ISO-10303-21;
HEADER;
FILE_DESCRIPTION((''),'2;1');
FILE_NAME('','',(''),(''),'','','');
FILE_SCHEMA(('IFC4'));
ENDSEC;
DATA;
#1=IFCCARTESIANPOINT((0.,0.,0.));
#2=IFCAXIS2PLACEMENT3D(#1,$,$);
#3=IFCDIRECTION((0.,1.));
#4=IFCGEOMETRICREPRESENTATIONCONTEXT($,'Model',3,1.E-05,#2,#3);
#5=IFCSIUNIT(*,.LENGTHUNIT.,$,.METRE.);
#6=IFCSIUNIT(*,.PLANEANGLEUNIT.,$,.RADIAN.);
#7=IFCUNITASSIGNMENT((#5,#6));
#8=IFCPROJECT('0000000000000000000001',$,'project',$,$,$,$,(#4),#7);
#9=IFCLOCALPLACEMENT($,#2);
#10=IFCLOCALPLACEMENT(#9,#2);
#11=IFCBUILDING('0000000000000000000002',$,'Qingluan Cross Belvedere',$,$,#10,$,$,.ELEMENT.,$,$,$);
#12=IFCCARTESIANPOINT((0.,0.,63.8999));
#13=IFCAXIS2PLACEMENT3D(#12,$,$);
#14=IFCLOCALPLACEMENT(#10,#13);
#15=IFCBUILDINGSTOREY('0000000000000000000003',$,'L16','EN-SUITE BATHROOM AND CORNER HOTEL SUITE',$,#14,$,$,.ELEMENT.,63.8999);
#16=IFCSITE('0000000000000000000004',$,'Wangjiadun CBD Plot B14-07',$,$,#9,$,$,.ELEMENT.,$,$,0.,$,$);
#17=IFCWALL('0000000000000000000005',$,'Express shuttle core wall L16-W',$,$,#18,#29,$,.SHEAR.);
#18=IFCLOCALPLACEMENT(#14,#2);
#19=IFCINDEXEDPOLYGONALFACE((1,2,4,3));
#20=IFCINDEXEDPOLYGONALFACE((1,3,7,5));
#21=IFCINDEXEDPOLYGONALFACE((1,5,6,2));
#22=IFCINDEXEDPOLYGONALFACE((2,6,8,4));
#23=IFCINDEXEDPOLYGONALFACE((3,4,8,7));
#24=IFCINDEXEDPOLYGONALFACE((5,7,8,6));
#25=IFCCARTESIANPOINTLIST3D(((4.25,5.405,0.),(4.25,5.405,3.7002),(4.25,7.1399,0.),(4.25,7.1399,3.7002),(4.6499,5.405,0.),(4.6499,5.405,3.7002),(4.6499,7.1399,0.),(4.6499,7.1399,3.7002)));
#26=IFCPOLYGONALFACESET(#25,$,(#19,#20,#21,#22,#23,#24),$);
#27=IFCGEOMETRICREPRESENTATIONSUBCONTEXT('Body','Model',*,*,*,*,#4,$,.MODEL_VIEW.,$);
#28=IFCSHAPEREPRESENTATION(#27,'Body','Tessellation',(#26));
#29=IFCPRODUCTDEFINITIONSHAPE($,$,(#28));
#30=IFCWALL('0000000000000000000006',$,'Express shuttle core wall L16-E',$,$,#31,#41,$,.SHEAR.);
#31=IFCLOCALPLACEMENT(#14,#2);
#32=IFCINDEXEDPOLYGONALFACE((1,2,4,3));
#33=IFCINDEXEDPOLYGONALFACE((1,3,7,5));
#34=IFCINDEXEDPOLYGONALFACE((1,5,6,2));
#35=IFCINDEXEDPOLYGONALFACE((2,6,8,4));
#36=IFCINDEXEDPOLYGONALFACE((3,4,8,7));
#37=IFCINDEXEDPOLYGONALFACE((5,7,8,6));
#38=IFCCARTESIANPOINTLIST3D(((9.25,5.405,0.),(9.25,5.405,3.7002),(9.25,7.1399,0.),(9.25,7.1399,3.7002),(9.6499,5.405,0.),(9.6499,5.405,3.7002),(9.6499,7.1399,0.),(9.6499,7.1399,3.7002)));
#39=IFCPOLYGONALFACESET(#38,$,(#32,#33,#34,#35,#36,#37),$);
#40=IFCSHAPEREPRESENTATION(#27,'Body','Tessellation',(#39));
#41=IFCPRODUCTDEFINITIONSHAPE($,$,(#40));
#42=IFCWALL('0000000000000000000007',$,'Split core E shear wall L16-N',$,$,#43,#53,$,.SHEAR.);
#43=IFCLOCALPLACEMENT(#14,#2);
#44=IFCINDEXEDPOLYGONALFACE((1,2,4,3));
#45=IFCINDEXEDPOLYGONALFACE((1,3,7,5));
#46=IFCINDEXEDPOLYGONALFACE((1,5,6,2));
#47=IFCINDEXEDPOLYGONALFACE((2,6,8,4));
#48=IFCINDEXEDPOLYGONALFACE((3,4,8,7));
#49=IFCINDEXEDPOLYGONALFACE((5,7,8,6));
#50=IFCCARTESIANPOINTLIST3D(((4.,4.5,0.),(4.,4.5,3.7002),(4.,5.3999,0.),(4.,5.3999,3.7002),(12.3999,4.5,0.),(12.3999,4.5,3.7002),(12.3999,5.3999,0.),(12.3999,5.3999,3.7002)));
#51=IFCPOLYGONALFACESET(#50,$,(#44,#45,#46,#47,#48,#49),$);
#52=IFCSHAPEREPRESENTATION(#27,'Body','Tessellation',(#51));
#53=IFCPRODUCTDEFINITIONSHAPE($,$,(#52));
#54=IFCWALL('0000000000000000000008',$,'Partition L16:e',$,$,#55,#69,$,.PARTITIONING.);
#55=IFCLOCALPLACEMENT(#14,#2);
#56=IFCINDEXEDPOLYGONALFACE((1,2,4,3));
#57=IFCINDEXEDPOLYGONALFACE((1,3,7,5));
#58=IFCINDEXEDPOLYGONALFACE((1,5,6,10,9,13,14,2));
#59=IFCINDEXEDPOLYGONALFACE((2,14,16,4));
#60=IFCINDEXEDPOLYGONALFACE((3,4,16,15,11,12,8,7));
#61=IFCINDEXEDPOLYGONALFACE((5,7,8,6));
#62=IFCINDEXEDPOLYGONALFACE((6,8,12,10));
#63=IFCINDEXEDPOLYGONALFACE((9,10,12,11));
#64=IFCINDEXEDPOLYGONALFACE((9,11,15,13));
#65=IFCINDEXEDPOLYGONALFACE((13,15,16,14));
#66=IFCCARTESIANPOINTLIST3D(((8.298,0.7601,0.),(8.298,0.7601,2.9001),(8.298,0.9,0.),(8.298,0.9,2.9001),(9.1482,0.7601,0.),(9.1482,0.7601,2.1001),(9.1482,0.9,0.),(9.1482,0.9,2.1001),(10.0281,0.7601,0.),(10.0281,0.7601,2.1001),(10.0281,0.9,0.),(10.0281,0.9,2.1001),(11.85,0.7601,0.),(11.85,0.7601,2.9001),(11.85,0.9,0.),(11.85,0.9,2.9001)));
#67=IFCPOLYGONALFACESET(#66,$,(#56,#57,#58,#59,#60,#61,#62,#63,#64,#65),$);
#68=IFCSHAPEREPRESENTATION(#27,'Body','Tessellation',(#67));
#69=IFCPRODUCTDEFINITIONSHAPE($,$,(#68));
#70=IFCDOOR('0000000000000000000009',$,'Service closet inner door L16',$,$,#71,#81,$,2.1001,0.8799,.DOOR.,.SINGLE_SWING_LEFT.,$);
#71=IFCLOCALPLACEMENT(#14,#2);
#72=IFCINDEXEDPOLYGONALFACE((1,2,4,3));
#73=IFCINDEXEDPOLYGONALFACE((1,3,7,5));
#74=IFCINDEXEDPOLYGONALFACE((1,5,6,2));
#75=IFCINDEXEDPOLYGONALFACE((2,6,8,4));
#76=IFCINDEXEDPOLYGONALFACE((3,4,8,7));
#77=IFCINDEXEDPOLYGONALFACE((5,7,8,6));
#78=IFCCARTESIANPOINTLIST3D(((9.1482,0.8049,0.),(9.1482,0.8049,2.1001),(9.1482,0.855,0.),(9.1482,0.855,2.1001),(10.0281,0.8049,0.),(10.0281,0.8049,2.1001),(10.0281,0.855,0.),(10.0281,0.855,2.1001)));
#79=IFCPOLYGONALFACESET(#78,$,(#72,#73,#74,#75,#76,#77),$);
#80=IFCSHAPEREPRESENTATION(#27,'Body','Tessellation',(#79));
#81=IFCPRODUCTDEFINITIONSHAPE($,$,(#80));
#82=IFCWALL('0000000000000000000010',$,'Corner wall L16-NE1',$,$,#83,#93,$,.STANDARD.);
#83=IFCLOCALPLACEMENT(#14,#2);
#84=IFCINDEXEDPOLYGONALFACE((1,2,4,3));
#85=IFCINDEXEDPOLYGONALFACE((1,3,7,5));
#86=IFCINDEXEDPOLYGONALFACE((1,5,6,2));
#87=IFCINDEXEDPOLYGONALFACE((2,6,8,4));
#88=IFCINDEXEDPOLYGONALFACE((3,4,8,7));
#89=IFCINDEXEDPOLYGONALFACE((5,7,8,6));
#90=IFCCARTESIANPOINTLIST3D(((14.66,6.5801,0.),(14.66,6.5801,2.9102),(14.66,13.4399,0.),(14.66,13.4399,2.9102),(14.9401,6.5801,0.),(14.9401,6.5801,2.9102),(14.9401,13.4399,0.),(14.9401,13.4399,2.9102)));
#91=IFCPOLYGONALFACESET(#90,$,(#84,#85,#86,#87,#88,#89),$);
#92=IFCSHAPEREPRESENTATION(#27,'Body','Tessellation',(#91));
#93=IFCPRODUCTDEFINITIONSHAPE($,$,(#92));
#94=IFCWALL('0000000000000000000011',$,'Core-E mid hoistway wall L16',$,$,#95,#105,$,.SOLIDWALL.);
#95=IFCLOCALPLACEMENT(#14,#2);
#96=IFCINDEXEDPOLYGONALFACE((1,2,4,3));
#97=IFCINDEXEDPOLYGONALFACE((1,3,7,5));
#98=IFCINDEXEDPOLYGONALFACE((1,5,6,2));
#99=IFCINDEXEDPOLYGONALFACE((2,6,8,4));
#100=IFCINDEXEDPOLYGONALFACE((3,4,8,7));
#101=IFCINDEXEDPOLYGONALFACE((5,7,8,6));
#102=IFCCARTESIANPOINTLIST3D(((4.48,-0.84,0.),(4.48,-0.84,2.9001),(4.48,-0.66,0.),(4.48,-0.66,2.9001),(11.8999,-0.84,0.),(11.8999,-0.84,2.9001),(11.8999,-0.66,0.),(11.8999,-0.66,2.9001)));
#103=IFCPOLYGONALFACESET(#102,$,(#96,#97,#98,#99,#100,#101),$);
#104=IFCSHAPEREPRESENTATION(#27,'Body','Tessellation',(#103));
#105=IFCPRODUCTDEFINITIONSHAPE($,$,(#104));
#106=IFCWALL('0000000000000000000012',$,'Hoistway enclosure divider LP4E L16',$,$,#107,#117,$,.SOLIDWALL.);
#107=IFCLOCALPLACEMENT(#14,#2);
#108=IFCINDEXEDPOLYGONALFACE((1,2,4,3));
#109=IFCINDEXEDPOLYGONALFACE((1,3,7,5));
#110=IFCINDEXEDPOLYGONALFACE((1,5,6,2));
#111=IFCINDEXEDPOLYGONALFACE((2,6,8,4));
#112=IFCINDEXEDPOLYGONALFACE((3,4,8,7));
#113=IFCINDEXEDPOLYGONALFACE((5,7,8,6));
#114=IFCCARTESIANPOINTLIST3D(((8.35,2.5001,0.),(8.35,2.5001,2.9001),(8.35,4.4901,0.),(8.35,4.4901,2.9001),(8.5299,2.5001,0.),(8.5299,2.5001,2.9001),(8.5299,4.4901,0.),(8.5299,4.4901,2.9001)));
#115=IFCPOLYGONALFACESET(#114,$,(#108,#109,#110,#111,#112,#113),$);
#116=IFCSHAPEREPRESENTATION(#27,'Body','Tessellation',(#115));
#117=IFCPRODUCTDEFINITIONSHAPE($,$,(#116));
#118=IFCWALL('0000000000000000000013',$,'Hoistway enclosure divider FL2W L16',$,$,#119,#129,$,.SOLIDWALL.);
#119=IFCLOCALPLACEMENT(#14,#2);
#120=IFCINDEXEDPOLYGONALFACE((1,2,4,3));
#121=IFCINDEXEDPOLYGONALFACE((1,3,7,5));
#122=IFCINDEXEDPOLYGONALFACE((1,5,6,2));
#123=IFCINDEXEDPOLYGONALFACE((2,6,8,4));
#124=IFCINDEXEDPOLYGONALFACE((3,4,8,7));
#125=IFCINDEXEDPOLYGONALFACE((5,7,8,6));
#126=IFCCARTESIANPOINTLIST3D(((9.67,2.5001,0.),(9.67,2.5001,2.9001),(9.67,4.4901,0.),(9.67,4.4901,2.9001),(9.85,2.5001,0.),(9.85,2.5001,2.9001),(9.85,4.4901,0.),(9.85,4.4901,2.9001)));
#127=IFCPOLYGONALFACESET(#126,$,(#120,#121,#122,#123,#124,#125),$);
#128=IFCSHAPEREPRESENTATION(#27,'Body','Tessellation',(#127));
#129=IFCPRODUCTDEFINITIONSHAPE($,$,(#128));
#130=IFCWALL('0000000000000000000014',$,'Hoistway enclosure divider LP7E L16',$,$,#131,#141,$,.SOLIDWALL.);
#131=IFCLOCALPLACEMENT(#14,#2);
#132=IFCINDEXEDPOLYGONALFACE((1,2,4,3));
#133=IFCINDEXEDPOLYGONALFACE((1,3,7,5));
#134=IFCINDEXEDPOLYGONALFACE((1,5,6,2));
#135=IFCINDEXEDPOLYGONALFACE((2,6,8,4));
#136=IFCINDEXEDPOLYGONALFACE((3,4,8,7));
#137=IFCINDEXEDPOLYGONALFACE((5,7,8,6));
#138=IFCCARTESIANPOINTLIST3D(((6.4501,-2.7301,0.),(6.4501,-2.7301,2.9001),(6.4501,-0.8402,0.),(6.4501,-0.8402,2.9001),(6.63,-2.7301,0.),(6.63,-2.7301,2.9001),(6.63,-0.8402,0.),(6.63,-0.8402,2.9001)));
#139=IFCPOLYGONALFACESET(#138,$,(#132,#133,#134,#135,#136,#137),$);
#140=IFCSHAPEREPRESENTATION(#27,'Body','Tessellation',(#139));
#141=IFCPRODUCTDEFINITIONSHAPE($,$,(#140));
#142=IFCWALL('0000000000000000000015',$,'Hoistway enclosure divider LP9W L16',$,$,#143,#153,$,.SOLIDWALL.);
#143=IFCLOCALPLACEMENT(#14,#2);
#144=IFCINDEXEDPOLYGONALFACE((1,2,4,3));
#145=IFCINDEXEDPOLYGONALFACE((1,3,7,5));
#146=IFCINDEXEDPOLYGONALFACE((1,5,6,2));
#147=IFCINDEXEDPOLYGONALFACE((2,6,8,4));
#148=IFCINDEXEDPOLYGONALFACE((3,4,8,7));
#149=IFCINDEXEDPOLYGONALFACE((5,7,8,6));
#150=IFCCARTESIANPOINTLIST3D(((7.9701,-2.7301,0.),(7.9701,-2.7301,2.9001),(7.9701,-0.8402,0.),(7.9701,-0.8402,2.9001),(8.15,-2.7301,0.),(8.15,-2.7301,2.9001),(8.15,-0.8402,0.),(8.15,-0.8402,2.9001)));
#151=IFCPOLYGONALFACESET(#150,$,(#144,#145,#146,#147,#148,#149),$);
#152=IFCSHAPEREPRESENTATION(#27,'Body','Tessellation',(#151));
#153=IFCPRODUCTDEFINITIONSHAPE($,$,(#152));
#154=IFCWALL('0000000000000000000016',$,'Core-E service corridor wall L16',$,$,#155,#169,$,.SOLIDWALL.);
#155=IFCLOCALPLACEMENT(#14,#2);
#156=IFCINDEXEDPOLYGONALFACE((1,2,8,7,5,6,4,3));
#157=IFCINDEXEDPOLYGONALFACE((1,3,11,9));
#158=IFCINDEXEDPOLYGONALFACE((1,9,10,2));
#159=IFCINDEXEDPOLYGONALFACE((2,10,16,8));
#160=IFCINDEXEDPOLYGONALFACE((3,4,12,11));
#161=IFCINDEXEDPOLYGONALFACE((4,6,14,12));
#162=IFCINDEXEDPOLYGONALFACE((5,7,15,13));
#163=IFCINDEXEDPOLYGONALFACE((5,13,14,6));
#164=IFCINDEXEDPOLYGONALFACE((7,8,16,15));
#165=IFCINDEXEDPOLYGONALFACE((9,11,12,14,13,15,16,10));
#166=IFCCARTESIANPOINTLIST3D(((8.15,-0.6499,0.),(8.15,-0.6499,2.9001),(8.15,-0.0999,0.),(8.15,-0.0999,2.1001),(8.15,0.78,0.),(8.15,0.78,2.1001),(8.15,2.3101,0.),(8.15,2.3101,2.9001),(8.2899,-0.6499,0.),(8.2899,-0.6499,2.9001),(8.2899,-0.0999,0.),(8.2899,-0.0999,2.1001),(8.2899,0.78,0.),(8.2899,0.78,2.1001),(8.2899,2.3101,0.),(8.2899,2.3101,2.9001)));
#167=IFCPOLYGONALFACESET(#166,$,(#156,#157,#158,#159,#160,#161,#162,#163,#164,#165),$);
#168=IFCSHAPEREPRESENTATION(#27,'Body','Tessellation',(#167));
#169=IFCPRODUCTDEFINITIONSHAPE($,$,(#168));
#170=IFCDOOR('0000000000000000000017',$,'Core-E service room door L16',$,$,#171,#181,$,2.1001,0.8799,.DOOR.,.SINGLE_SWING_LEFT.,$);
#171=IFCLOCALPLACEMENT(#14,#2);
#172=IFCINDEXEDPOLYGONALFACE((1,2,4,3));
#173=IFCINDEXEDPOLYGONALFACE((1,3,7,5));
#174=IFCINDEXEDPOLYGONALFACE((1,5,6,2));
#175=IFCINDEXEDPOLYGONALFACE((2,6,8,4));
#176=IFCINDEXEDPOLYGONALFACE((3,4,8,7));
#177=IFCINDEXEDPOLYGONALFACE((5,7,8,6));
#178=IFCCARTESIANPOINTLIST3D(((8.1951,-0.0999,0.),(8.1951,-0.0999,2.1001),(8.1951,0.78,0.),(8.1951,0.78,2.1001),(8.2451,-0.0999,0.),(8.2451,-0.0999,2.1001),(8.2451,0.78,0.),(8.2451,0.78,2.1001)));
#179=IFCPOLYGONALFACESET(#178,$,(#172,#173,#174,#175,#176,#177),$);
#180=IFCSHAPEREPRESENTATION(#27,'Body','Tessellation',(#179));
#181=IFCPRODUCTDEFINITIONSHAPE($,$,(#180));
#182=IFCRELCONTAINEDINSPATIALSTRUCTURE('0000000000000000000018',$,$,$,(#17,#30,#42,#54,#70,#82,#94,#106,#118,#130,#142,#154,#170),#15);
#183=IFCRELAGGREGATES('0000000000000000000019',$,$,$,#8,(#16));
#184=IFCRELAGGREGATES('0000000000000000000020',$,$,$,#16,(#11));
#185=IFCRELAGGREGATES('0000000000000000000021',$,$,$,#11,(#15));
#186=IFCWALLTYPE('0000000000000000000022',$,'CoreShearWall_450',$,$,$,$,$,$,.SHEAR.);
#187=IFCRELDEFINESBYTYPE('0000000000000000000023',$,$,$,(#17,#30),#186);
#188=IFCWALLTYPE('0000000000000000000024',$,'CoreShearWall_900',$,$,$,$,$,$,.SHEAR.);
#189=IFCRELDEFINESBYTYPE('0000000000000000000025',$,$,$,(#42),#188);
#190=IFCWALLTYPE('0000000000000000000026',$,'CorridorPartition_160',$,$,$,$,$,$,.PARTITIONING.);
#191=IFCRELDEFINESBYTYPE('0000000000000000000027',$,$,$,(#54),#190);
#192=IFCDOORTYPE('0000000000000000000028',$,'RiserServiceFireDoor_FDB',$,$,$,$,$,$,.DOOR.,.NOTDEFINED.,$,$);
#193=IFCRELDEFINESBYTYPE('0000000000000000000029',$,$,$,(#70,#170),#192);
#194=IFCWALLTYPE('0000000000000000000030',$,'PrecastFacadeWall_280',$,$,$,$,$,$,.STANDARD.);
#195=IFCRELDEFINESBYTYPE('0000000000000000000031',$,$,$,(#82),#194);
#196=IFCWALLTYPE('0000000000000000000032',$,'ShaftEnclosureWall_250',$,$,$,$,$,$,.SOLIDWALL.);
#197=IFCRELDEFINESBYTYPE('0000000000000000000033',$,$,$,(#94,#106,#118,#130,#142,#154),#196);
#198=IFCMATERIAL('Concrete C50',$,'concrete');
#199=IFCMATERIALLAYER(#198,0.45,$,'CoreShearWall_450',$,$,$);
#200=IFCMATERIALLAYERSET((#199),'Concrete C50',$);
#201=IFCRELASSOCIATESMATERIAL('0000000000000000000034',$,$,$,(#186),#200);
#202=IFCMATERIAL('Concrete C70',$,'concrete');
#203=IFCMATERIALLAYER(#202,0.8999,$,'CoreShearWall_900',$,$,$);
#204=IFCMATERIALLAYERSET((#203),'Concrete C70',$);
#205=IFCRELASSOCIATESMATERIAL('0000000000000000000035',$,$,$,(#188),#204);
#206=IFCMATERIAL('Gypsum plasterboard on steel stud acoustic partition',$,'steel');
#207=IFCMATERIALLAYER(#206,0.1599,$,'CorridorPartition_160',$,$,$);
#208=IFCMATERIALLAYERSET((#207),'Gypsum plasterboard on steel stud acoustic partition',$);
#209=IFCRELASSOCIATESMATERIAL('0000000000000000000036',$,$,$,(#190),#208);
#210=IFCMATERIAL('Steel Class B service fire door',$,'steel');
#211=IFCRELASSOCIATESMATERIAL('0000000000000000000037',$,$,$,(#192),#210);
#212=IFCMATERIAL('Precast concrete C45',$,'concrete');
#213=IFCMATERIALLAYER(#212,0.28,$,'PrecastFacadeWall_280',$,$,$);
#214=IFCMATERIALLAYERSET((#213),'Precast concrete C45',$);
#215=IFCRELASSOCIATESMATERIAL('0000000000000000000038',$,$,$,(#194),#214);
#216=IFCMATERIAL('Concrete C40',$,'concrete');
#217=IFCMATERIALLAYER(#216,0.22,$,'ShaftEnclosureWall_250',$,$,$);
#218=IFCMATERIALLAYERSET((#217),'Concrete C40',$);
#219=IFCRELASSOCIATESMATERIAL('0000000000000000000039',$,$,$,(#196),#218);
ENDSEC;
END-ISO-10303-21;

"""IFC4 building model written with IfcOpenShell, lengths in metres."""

from ifc_helpers import new_model, si_unit, direction, frame, frame_2d, origin, place, context, subcontext, project, spatial, rectangle, extrude, material, layer, layer_set, type_object, element, fill, save


model = new_model("IFC4")

# Units and contexts
model_context = context("Model", 3, precision=1e-05, world=origin(), true_north=direction((0.0, 1.0)))
body_context = subcontext(model_context, "Body", "Model", "MODEL_VIEW")
ifc_project = project(units=[si_unit("LENGTHUNIT", "METRE"), si_unit("PLANEANGLEUNIT", "RADIAN")], contexts=[model_context])

# Site, building, storey
site_placement = place(None, origin())
site = spatial("IfcSite", under=ifc_project, at=site_placement, Name="Wangjiadun CBD Plot B14-07", CompositionType="ELEMENT", RefElevation=0.0)
building_placement = place(site_placement, origin())
building = spatial("IfcBuilding", under=site, at=building_placement, Name="Qingluan Cross Belvedere", CompositionType="ELEMENT")
storey_placement = place(building_placement, frame((0.0, 0.0, 63.8999)))
storey = spatial("IfcBuildingStorey", under=building, at=storey_placement, Name="L16", Description="EN-SUITE BATHROOM AND CORNER HOTEL SUITE", CompositionType="ELEMENT", Elevation=63.8999)

# Walls
ifc_material_1 = material(Name="Concrete C50", Category="concrete")
ifc_layer_1 = layer(ifc_material_1, 0.45, Name="CoreShearWall_450")
ifc_layer_set_1 = layer_set([ifc_layer_1], Name="Concrete C50")
wall_type_1 = type_object("IfcWallType", Name="CoreShearWall_450", PredefinedType="SHEAR", material=ifc_layer_set_1)
for number, where, z_axis, x_axis, name in (
    (1, (4.45, 5.405, 0.0), (0.0, 0.0, 1.0), (0.0, 1.0, 0.0), "Express shuttle core wall L16-W"),
    (2, (9.45, 5.405, 0.0), (0.0, 0.0, 1.0), (0.0, 1.0, 0.0), "Express shuttle core wall L16-E"),
):
    element("IfcWall", number, at=place(storey_placement, frame(where, z_axis=z_axis, x_axis=x_axis)), inside=storey, type_object=wall_type_1, Name=name, PredefinedType="SHEAR", context=body_context, shape_type="SweptSolid", body=[
        extrude(rectangle(XDim=1.7349, YDim=0.3999, at=frame_2d((0.8674, 0.0))), origin(), (0.0, 0.0, 1.0), 3.7002),
    ])
ifc_material_2 = material(Name="Concrete C70", Category="concrete")
ifc_layer_2 = layer(ifc_material_2, 0.8999, Name="CoreShearWall_900")
ifc_layer_set_2 = layer_set([ifc_layer_2], Name="Concrete C70")
wall_type_2 = type_object("IfcWallType", Name="CoreShearWall_900", PredefinedType="SHEAR", material=ifc_layer_set_2)
wall_1_placement = place(storey_placement, frame((4.0, 4.95, 0.0), z_axis=(0.0, 0.0, 1.0), x_axis=(1.0, 0.0, 0.0)))
element("IfcWall", 3, at=wall_1_placement, inside=storey, type_object=wall_type_2, Name="Split core E shear wall L16-N", PredefinedType="SHEAR", context=body_context, shape_type="SweptSolid", body=[
    extrude(rectangle(XDim=8.3999, YDim=0.8999, at=frame_2d((4.2, 0.0))), origin(), (0.0, 0.0, 1.0), 3.7002),
])

# Wall, opening, door
ifc_material_3 = material(Name="Gypsum plasterboard on steel stud acoustic partition", Category="steel")
ifc_layer_3 = layer(ifc_material_3, 0.1599, Name="CorridorPartition_160")
ifc_layer_set_3 = layer_set([ifc_layer_3], Name="Gypsum plasterboard on steel stud acoustic partition")
wall_type_3 = type_object("IfcWallType", Name="CorridorPartition_160", PredefinedType="PARTITIONING", material=ifc_layer_set_3)
wall_2_placement = place(storey_placement, frame((8.2981, 0.8301, 0.0), z_axis=(0.0, 0.0, 1.0), x_axis=(1.0, 0.0, 0.0)))
wall_2 = element("IfcWall", 4, at=wall_2_placement, inside=storey, type_object=wall_type_3, Name="Partition L16:e", PredefinedType="PARTITIONING", context=body_context, shape_type="SweptSolid", body=[
    extrude(rectangle(XDim=3.552, YDim=0.1399, at=frame_2d((1.7759, 0.0))), origin(), (0.0, 0.0, 1.0), 2.9001),
])
opening_1_placement = place(wall_2_placement, frame((0.8501, 0.0, 0.0)))
opening_1 = element("IfcOpeningElement", 5, at=opening_1_placement, cuts=wall_2, PredefinedType="OPENING", context=body_context, shape_type="SweptSolid", body=[
    extrude(rectangle(XDim=0.8799, YDim=2.1001, at=frame_2d((0.4399, 1.05))), frame((0.0, 0.0798, 0.0), z_axis=(0.0, -1.0, 0.0), x_axis=(1.0, 0.0, 0.0)), (0.0, 0.0, 1.0), 0.1599),
])
ifc_material_4 = material(Name="Steel Class B service fire door", Category="steel")
door_type_1 = type_object("IfcDoorType", Name="RiserServiceFireDoor_FDB", OperationType="NOTDEFINED", PredefinedType="DOOR", material=ifc_material_4)
door_1_placement = place(opening_1_placement, origin())
door_1 = element("IfcDoor", 6, at=door_1_placement, inside=storey, type_object=door_type_1, Name="Service closet inner door L16", OperationType="SINGLE_SWING_LEFT", OverallHeight=2.1001, OverallWidth=0.8799, PredefinedType="DOOR", context=body_context, shape_type="SweptSolid", body=[
    extrude(rectangle(XDim=0.8799, YDim=2.1001, at=frame_2d((0.4399, 1.05))), frame((0.0, 0.0249, 0.0), z_axis=(0.0, -1.0, 0.0), x_axis=(1.0, 0.0, 0.0)), (0.0, 0.0, 1.0), 0.05),
])
fill(opening_1, door_1)

# Wall
ifc_material_5 = material(Name="Precast concrete C45", Category="concrete")
ifc_layer_4 = layer(ifc_material_5, 0.28, Name="PrecastFacadeWall_280")
ifc_layer_set_4 = layer_set([ifc_layer_4], Name="Precast concrete C45")
wall_type_4 = type_object("IfcWallType", Name="PrecastFacadeWall_280", PredefinedType="STANDARD", material=ifc_layer_set_4)
wall_3_placement = place(storey_placement, frame((14.8, 6.5801, 0.0), z_axis=(0.0, 0.0, 1.0), x_axis=(0.0, 1.0, 0.0)))
element("IfcWall", 7, at=wall_3_placement, inside=storey, type_object=wall_type_4, Name="Corner wall L16-NE1", PredefinedType="STANDARD", context=body_context, shape_type="SweptSolid", body=[
    extrude(rectangle(XDim=6.8599, YDim=0.28, at=frame_2d((3.4299, 0.0))), origin(), (0.0, 0.0, 1.0), 2.9102),
])

# Shared definitions
ifc_material_6 = material(Name="Concrete C40", Category="concrete")
ifc_layer_5 = layer(ifc_material_6, 0.22, Name="ShaftEnclosureWall_250")
ifc_layer_set_5 = layer_set([ifc_layer_5], Name="Concrete C40")
wall_type_5 = type_object("IfcWallType", Name="ShaftEnclosureWall_250", PredefinedType="SOLIDWALL", material=ifc_layer_set_5)

# Walls
wall_4_placement = place(storey_placement, frame((4.48, -0.75, 0.0), z_axis=(0.0, 0.0, 1.0), x_axis=(1.0, 0.0, 0.0)))
element("IfcWall", 8, at=wall_4_placement, inside=storey, type_object=wall_type_5, Name="Core-E mid hoistway wall L16", PredefinedType="SOLIDWALL", context=body_context, shape_type="SweptSolid", body=[
    extrude(rectangle(XDim=7.4199, YDim=0.1799, at=frame_2d((3.71, 0.0))), origin(), (0.0, 0.0, 1.0), 2.9001),
])
for number, where, z_axis, x_axis, name in (
    (9, (8.4399, 2.5, 0.0), (0.0, 0.0, 1.0), (0.0, 1.0, 0.0), "Hoistway enclosure divider LP4E L16"),
    (10, (9.76, 2.5, 0.0), (0.0, 0.0, 1.0), (0.0, 1.0, 0.0), "Hoistway enclosure divider FL2W L16"),
):
    element("IfcWall", number, at=place(storey_placement, frame(where, z_axis=z_axis, x_axis=x_axis)), inside=storey, type_object=wall_type_5, Name=name, PredefinedType="SOLIDWALL", context=body_context, shape_type="SweptSolid", body=[
        extrude(rectangle(XDim=1.99, YDim=0.1799, at=frame_2d((0.9951, 0.0))), origin(), (0.0, 0.0, 1.0), 2.9001),
    ])
for number, where, z_axis, x_axis, name in (
    (11, (6.54, -2.73, 0.0), (0.0, 0.0, 1.0), (0.0, 1.0, 0.0), "Hoistway enclosure divider LP7E L16"),
    (12, (8.0601, -2.73, 0.0), (0.0, 0.0, 1.0), (0.0, 1.0, 0.0), "Hoistway enclosure divider LP9W L16"),
):
    element("IfcWall", number, at=place(storey_placement, frame(where, z_axis=z_axis, x_axis=x_axis)), inside=storey, type_object=wall_type_5, Name=name, PredefinedType="SOLIDWALL", context=body_context, shape_type="SweptSolid", body=[
        extrude(rectangle(XDim=1.8899, YDim=0.1799, at=frame_2d((0.9448, 0.0))), origin(), (0.0, 0.0, 1.0), 2.9001),
    ])

# Wall, opening, door
wall_5_placement = place(storey_placement, frame((8.22, -0.6499, 0.0), z_axis=(0.0, 0.0, 1.0), x_axis=(0.0, 1.0, 0.0)))
wall_5 = element("IfcWall", 13, at=wall_5_placement, inside=storey, type_object=wall_type_5, Name="Core-E service corridor wall L16", PredefinedType="SOLIDWALL", context=body_context, shape_type="SweptSolid", body=[
    extrude(rectangle(XDim=2.96, YDim=0.1399, at=frame_2d((1.48, 0.0))), origin(), (0.0, 0.0, 1.0), 2.9001),
])
opening_2_placement = place(wall_5_placement, frame((0.55, 0.0, 0.0)))
opening_2 = element("IfcOpeningElement", 14, at=opening_2_placement, cuts=wall_5, PredefinedType="OPENING", context=body_context, shape_type="SweptSolid", body=[
    extrude(rectangle(XDim=0.8799, YDim=2.1001, at=frame_2d((0.4399, 1.05))), frame((0.0, 0.0798, 0.0), z_axis=(0.0, -1.0, 0.0), x_axis=(1.0, 0.0, 0.0)), (0.0, 0.0, 1.0), 0.1599),
])
door_2_placement = place(opening_2_placement, origin())
door_2 = element("IfcDoor", 15, at=door_2_placement, inside=storey, type_object=door_type_1, Name="Core-E service room door L16", OperationType="SINGLE_SWING_LEFT", OverallHeight=2.1001, OverallWidth=0.8799, PredefinedType="DOOR", context=body_context, shape_type="SweptSolid", body=[
    extrude(rectangle(XDim=0.8799, YDim=2.1001, at=frame_2d((0.4399, 1.05))), frame((0.0, 0.0249, 0.0), z_axis=(0.0, -1.0, 0.0), x_axis=(1.0, 0.0, 0.0)), (0.0, 0.0, 1.0), 0.05),
])
fill(opening_2, door_2)

save(model, "model.ifc")
